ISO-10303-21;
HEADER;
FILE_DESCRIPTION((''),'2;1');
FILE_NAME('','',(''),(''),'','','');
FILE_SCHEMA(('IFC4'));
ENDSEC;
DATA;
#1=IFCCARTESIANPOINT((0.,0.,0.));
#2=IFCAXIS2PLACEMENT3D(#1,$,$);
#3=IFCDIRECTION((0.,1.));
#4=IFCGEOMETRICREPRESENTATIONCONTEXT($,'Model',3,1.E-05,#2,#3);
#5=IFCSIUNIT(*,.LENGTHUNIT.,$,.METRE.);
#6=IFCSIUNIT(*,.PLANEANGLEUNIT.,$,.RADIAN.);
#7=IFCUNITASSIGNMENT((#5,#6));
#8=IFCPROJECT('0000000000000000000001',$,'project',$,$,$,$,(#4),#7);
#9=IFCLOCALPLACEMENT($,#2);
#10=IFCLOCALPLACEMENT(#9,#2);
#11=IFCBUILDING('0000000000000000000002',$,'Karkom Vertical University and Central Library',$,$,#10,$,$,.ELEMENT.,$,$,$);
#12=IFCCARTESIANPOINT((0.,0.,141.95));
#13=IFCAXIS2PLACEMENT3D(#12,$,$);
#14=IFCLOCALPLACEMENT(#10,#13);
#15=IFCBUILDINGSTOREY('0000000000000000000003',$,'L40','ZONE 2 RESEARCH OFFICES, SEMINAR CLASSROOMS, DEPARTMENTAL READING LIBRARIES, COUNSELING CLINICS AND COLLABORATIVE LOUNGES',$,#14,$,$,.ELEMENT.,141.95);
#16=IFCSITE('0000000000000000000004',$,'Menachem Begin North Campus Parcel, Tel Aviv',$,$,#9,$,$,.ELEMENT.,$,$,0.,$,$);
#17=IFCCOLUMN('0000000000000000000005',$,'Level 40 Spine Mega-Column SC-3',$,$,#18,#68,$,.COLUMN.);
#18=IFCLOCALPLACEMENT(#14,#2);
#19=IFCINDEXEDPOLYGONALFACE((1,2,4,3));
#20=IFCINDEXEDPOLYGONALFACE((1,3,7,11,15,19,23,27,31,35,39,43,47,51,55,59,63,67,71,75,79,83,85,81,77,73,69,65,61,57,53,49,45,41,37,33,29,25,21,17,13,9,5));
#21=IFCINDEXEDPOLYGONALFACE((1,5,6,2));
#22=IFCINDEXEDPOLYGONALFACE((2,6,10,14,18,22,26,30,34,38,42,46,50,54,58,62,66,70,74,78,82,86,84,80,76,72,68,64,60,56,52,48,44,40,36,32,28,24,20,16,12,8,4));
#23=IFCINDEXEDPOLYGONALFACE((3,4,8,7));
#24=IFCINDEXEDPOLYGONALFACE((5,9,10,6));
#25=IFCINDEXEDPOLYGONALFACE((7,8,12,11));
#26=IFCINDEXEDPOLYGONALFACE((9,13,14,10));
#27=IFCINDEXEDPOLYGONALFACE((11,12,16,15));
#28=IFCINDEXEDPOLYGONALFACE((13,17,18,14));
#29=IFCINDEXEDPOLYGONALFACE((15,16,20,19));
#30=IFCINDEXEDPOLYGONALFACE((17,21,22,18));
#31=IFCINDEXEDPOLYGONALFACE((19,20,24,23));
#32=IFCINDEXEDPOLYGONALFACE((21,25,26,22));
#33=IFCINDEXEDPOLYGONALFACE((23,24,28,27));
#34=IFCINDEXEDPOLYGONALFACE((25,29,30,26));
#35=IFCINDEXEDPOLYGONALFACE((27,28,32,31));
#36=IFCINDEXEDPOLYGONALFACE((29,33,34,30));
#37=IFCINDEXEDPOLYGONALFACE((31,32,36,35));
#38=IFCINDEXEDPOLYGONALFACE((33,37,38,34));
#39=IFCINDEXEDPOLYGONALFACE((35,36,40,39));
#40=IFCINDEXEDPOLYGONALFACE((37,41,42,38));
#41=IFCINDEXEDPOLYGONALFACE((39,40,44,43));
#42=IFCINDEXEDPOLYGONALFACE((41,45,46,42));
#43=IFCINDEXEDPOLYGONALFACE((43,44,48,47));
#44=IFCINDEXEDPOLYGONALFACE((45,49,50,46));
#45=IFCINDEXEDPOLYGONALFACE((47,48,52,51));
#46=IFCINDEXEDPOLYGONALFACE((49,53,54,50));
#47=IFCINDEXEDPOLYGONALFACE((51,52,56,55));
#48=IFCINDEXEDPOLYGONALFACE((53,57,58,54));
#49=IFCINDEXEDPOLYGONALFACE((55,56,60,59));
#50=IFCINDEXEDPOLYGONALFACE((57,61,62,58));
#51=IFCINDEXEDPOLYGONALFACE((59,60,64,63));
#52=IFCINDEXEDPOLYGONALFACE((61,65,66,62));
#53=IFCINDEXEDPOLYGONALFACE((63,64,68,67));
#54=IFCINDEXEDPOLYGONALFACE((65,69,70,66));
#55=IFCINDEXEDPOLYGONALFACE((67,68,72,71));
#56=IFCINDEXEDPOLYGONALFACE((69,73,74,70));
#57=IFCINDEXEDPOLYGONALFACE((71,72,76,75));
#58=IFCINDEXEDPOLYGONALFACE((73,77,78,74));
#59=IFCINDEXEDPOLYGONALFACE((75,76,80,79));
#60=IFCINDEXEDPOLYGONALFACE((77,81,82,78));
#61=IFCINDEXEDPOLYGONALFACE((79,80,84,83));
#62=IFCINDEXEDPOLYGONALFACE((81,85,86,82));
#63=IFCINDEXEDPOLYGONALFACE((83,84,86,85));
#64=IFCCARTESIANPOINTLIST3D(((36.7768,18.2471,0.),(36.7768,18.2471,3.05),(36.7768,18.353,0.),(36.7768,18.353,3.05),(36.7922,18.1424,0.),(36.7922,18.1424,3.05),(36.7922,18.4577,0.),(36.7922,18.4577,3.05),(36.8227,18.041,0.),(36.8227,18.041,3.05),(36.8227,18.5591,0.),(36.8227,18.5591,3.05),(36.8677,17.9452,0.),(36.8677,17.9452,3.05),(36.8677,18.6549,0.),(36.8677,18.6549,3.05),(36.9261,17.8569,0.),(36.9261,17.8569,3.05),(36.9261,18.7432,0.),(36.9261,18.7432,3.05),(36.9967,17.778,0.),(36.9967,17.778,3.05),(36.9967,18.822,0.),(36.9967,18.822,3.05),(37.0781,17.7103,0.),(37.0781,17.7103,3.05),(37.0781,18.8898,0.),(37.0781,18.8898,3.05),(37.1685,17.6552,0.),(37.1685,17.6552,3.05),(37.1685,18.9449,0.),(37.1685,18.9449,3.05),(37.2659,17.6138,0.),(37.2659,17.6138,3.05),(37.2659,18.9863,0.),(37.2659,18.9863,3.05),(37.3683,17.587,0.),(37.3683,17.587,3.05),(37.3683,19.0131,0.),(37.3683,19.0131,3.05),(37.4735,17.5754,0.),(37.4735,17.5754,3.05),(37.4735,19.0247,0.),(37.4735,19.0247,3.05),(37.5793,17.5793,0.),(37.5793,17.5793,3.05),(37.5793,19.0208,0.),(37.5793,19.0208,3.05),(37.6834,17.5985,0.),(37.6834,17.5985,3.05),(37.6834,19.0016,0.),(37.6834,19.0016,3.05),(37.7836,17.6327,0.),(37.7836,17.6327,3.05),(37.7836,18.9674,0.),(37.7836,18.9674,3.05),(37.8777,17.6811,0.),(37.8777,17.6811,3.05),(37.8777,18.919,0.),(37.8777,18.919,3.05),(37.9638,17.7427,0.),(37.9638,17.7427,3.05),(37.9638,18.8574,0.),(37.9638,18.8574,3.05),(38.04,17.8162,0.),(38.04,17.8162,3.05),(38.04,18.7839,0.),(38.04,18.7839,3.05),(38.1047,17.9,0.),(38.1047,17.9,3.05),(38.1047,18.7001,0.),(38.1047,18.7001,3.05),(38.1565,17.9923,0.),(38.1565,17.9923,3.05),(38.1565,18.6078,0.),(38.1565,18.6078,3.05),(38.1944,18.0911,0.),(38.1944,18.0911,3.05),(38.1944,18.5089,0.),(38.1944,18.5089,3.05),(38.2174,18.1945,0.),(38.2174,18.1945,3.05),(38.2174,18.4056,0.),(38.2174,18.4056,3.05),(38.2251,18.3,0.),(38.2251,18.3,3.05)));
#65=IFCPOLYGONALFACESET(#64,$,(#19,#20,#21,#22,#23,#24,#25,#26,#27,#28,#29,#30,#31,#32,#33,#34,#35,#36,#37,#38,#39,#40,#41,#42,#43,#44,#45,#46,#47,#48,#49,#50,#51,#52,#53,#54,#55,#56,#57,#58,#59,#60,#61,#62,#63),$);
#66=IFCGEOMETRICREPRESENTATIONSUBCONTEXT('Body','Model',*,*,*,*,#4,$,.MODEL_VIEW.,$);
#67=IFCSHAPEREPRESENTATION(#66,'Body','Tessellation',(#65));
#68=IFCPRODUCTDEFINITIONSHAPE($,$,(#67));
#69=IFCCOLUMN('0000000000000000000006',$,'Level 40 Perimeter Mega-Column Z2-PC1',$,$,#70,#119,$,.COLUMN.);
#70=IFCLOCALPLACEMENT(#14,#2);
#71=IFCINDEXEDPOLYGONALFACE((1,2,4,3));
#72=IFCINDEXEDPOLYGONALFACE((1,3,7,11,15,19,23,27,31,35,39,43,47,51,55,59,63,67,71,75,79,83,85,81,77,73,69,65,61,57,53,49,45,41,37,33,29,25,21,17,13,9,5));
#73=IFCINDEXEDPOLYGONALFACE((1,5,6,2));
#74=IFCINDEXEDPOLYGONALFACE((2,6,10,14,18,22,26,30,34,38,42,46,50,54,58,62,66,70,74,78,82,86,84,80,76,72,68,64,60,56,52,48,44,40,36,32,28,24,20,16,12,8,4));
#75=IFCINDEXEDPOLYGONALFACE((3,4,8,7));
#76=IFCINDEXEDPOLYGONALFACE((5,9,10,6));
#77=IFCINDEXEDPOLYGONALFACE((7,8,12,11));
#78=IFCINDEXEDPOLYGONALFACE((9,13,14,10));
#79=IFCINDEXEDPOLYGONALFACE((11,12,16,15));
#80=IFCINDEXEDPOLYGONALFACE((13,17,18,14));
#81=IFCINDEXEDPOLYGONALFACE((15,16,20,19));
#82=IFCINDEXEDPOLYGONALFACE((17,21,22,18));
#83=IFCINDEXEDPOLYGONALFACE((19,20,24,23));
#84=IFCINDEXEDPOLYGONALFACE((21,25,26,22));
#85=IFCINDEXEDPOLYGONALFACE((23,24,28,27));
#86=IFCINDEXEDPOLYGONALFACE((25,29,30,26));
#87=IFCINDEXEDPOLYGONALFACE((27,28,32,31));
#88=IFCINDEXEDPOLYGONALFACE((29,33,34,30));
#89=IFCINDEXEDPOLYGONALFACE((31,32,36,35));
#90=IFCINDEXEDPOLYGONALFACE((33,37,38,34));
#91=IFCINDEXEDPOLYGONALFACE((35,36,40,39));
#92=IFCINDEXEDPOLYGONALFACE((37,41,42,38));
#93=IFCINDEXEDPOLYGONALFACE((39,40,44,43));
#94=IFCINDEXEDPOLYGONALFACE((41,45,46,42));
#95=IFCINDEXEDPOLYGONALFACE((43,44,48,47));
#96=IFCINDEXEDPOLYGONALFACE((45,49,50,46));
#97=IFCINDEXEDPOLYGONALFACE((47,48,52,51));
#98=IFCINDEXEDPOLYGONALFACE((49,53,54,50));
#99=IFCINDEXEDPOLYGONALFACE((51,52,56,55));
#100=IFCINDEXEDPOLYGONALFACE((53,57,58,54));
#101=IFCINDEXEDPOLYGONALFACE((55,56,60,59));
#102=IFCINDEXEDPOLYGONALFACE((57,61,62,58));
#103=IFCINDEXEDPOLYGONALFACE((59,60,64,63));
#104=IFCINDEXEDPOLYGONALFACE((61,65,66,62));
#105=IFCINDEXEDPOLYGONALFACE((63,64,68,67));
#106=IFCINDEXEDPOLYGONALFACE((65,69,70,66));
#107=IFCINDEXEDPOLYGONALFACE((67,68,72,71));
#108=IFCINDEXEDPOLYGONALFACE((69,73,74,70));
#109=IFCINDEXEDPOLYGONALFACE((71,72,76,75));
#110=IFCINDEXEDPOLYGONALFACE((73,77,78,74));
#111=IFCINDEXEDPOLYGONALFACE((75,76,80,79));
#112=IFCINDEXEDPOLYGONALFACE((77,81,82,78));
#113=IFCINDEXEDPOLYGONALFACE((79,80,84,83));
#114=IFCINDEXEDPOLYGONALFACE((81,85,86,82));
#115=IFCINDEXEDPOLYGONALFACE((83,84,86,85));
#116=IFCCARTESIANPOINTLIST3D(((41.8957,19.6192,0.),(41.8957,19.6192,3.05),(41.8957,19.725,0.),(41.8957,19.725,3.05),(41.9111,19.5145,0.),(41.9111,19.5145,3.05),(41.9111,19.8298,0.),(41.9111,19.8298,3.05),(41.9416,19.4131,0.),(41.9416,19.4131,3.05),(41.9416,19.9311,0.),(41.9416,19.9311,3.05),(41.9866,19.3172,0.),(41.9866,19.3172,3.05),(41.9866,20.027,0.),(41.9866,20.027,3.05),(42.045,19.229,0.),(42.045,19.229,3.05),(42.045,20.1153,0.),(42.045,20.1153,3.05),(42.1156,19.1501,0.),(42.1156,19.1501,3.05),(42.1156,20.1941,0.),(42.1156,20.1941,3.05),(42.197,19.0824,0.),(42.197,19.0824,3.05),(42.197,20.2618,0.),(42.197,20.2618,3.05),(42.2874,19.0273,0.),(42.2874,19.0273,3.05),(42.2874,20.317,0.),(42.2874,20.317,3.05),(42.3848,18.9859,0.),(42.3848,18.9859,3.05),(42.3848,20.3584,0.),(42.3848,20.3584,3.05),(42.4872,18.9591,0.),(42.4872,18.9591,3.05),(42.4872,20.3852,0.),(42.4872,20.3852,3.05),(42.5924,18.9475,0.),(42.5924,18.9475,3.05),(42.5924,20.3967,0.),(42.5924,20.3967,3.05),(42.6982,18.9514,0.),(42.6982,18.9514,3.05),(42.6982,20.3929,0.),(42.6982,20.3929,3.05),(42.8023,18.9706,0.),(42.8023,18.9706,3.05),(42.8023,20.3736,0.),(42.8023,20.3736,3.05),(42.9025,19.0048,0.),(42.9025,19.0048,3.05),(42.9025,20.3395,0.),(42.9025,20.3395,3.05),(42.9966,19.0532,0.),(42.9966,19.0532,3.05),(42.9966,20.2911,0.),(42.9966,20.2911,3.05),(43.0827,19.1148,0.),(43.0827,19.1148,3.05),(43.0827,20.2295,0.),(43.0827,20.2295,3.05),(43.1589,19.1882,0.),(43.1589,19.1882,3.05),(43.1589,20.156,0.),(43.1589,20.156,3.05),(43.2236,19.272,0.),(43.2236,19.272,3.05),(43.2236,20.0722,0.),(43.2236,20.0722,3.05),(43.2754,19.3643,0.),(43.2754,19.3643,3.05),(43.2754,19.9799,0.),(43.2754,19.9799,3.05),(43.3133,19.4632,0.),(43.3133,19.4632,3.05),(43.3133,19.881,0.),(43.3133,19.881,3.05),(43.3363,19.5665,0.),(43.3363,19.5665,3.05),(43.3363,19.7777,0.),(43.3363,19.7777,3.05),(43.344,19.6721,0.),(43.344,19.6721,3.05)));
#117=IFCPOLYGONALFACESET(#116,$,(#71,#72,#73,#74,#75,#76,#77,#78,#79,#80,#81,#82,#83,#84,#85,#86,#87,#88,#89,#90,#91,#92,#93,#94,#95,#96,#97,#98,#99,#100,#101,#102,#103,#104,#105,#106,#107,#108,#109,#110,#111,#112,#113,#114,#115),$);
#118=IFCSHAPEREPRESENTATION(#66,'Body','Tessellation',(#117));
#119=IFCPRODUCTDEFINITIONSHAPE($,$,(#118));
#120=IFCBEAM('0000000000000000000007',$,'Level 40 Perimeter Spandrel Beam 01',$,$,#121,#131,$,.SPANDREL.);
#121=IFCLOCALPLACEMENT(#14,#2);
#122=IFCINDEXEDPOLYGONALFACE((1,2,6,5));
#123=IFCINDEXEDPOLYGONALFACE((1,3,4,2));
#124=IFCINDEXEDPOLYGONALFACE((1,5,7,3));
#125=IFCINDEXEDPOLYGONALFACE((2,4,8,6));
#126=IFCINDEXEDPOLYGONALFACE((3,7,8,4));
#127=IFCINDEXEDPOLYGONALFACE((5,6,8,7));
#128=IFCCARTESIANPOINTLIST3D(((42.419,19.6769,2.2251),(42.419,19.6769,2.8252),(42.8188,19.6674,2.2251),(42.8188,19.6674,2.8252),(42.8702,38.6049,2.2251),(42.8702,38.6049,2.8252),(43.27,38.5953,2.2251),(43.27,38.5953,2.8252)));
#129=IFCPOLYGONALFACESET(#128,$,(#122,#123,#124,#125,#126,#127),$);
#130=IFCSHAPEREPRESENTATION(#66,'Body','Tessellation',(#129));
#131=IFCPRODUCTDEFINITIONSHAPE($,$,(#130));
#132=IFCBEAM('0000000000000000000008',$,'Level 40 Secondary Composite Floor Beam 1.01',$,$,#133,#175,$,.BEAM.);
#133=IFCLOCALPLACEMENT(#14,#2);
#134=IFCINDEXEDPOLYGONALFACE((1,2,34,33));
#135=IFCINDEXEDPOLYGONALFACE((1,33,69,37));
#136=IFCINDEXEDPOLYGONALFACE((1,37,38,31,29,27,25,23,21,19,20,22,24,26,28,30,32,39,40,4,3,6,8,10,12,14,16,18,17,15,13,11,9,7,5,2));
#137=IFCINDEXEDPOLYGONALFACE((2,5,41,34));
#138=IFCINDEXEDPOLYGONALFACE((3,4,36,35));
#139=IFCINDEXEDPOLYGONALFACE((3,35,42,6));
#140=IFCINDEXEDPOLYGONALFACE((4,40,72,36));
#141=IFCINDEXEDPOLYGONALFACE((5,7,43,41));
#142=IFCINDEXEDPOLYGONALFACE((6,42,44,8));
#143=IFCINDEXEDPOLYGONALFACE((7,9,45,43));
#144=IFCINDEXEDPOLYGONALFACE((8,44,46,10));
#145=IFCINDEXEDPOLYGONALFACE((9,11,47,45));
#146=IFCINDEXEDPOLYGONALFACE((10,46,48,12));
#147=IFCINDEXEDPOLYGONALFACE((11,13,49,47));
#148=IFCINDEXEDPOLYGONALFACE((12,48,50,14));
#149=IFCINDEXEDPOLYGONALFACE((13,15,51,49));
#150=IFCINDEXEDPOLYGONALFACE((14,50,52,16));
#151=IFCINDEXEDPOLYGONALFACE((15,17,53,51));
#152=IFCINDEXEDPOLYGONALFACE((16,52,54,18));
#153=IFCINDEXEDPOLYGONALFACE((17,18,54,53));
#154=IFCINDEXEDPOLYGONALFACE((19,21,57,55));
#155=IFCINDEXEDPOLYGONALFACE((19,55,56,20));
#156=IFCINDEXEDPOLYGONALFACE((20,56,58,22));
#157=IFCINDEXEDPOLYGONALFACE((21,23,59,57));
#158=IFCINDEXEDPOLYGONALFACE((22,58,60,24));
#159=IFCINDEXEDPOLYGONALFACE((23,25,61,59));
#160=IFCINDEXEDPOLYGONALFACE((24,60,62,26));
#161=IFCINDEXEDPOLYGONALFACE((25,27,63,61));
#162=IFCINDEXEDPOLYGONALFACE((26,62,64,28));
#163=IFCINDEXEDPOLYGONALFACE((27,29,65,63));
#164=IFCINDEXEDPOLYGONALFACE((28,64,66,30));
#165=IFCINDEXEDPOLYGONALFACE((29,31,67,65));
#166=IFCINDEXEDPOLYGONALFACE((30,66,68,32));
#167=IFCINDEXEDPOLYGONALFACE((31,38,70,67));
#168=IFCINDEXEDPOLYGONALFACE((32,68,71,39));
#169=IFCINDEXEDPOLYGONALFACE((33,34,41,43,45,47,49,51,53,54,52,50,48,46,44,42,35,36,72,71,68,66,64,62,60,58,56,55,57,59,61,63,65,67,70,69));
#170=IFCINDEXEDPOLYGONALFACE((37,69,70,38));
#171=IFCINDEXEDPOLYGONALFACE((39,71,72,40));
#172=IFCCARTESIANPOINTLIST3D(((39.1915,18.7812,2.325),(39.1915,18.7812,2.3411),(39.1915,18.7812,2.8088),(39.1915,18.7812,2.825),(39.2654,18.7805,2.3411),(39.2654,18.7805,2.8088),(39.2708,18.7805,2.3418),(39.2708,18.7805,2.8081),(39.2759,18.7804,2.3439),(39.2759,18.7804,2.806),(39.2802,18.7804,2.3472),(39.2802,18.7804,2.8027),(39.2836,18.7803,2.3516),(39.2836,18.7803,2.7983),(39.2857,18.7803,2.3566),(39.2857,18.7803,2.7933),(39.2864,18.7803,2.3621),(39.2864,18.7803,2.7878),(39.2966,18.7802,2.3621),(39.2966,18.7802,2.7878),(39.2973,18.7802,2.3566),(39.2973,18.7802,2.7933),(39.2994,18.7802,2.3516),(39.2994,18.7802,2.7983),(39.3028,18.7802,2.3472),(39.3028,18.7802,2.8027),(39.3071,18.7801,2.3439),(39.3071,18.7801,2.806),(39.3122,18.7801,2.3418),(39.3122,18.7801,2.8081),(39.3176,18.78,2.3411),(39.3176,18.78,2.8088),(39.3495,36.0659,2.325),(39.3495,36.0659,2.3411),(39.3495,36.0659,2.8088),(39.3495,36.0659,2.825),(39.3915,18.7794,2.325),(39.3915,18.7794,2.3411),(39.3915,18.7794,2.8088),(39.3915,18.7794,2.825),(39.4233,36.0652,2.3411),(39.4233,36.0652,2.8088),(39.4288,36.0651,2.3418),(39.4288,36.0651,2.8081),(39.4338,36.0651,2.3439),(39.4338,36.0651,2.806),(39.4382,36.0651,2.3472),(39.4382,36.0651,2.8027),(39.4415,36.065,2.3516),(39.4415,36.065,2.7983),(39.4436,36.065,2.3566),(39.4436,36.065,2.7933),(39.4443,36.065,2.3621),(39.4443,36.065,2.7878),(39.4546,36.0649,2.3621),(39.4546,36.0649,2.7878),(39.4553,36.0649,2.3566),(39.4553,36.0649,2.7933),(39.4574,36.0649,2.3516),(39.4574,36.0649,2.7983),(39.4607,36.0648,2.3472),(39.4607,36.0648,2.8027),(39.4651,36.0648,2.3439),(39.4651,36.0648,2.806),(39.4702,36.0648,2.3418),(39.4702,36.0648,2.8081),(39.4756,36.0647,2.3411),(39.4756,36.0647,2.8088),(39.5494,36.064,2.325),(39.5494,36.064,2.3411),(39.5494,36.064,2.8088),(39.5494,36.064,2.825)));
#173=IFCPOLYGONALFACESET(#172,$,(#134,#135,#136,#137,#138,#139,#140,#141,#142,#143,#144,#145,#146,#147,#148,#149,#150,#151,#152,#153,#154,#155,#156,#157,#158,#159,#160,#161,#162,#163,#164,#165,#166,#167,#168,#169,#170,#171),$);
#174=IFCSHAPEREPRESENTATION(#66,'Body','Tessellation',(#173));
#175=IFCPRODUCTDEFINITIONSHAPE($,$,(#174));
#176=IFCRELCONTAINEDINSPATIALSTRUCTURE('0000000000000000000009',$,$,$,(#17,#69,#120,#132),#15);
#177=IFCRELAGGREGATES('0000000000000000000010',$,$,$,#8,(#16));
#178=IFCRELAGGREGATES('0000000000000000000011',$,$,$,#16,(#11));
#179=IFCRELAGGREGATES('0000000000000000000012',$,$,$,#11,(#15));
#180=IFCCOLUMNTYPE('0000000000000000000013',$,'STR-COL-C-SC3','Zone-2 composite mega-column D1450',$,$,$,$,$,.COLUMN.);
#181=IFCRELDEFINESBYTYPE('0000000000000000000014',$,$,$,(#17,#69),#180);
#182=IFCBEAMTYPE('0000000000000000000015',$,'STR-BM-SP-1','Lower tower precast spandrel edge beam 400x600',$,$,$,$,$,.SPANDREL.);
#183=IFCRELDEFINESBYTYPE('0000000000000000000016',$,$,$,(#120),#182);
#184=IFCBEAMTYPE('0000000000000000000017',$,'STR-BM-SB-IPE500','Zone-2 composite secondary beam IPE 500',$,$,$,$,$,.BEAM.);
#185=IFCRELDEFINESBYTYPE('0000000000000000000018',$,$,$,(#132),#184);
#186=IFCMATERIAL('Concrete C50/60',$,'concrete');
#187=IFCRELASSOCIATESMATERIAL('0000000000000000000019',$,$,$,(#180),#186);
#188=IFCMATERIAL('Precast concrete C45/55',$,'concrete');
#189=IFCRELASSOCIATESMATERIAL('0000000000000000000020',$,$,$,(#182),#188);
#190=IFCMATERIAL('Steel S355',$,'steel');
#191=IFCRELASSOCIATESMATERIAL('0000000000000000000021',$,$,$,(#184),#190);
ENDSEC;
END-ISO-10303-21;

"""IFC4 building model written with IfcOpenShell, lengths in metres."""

from ifc_helpers import new_model, si_unit, direction, frame, origin, origin_with_axes, origin_2d, place, context, subcontext, project, spatial, rectangle, circle, i_section, extrude, source, transform, mapped, material, material_profile, profile_set, type_object, element, save


model = new_model("IFC4")

# Units and contexts
model_context = context("Model", 3, precision=1e-05, world=origin(), true_north=direction((0.0, 1.0)))
body_context = subcontext(model_context, "Body", "Model", "MODEL_VIEW")
ifc_project = project(units=[si_unit("LENGTHUNIT", "METRE"), si_unit("PLANEANGLEUNIT", "RADIAN")], contexts=[model_context])

# Site, building, storey
site_placement = place(None, origin())
site = spatial("IfcSite", under=ifc_project, at=site_placement, Name="Menachem Begin North Campus Parcel, Tel Aviv", CompositionType="ELEMENT", RefElevation=0.0)
building_placement = place(site_placement, origin())
building = spatial("IfcBuilding", under=site, at=building_placement, Name="Karkom Vertical University and Central Library", CompositionType="ELEMENT")
storey_placement = place(building_placement, frame((0.0, 0.0, 141.95)))
storey = spatial("IfcBuildingStorey", under=building, at=storey_placement, Name="L40", Description="ZONE 2 RESEARCH OFFICES, SEMINAR CLASSROOMS, DEPARTMENTAL READING LIBRARIES, COUNSELING CLINICS AND COLLABORATIVE LOUNGES", CompositionType="ELEMENT", Elevation=141.95)

# Columns
ifc_material_1 = material(Name="Concrete C50/60", Category="concrete")
ifc_material_profile_1 = material_profile(ifc_material_1, circle(Radius=0.7251, at=origin_2d()), Name="CFT-D1450")
ifc_profile_set_1 = profile_set([ifc_material_profile_1], Name="Concrete C50/60")
column_type = type_object("IfcColumnType", Name="STR-COL-C-SC3", Description="Zone-2 composite mega-column D1450", PredefinedType="COLUMN", material=ifc_profile_set_1)
shared_shape_1 = source(origin_with_axes(), body_context, "Body", "SweptSolid", [
    extrude(circle(Radius=0.7251, at=origin_2d()), origin(), (0.0, 0.0, 1.0), 3.05),
])
for number, where, z_axis, x_axis, name in (
    (1, (37.5, 18.3, 0.0), (0.0, 0.0, 1.0), (1.0, 0.0, 0.0), "Level 40 Spine Mega-Column SC-3"),
    (2, (42.6189, 19.6721, 0.0), (0.0, 0.0, 1.0), (1.0, 0.0, 0.0), "Level 40 Perimeter Mega-Column Z2-PC1"),
):
    element("IfcColumn", number, at=place(storey_placement, frame(where, z_axis=z_axis, x_axis=x_axis)), inside=storey, type_object=column_type, Name=name, PredefinedType="COLUMN", context=body_context, shape_type="MappedRepresentation", body=[
        mapped(shared_shape_1, transform((0.0, 0.0, 0.0), scale=1.0)),
    ])

# Beams
ifc_material_2 = material(Name="Precast concrete C45/55", Category="concrete")
ifc_material_profile_2 = material_profile(ifc_material_2, rectangle(XDim=0.3999, YDim=0.6001, at=origin_2d()), Name="SPB-400x600")
ifc_profile_set_2 = profile_set([ifc_material_profile_2], Name="Precast concrete C45/55")
beam_type_1 = type_object("IfcBeamType", Name="STR-BM-SP-1", Description="Lower tower precast spandrel edge beam 400x600", PredefinedType="SPANDREL", material=ifc_profile_set_2)
shared_shape_2 = source(origin_with_axes(), body_context, "Body", "SweptSolid", [
    extrude(rectangle(XDim=0.3999, YDim=0.6001, at=origin_2d()), origin(), (0.0, 0.0, 1.0), 18.9333),
])
beam_1_placement = place(storey_placement, frame((42.6189, 19.6721, 2.5251), z_axis=(0.023829, 0.999716, 0.0), x_axis=(-0.999716, 0.023829, 0.0)))
element("IfcBeam", 3, at=beam_1_placement, inside=storey, type_object=beam_type_1, Name="Level 40 Perimeter Spandrel Beam 01", PredefinedType="SPANDREL", context=body_context, shape_type="MappedRepresentation", body=[
    mapped(shared_shape_2, transform((0.0, 0.0, 0.0), scale=1.0)),
])
ifc_material_3 = material(Name="Steel S355", Category="steel")
ifc_material_profile_3 = material_profile(ifc_material_3, i_section(OverallWidth=0.2, OverallDepth=0.5, WebThickness=0.0103, FlangeThickness=0.0161, FilletRadius=0.021, at=origin_2d()), Name="IPE 500")
ifc_profile_set_3 = profile_set([ifc_material_profile_3], Name="Steel S355")
beam_type_2 = type_object("IfcBeamType", Name="STR-BM-SB-IPE500", Description="Zone-2 composite secondary beam IPE 500", PredefinedType="BEAM", material=ifc_profile_set_3)
shared_shape_3 = source(origin_with_axes(), body_context, "Body", "SweptSolid", [
    extrude(i_section(OverallWidth=0.2, OverallDepth=0.5, WebThickness=0.0103, FlangeThickness=0.0161, FilletRadius=0.021, at=origin_2d()), origin(), (0.0, 0.0, 1.0), 17.2854),
])
beam_2_placement = place(storey_placement, frame((39.2915, 18.7803, 2.575), z_axis=(0.009138, 0.999958, 0.0), x_axis=(-0.999958, 0.009138, 0.0)))
element("IfcBeam", 4, at=beam_2_placement, inside=storey, type_object=beam_type_2, Name="Level 40 Secondary Composite Floor Beam 1.01", PredefinedType="BEAM", context=body_context, shape_type="MappedRepresentation", body=[
    mapped(shared_shape_3, transform((0.0, 0.0, 0.0), scale=1.0)),
])

save(model, "model.ifc")
